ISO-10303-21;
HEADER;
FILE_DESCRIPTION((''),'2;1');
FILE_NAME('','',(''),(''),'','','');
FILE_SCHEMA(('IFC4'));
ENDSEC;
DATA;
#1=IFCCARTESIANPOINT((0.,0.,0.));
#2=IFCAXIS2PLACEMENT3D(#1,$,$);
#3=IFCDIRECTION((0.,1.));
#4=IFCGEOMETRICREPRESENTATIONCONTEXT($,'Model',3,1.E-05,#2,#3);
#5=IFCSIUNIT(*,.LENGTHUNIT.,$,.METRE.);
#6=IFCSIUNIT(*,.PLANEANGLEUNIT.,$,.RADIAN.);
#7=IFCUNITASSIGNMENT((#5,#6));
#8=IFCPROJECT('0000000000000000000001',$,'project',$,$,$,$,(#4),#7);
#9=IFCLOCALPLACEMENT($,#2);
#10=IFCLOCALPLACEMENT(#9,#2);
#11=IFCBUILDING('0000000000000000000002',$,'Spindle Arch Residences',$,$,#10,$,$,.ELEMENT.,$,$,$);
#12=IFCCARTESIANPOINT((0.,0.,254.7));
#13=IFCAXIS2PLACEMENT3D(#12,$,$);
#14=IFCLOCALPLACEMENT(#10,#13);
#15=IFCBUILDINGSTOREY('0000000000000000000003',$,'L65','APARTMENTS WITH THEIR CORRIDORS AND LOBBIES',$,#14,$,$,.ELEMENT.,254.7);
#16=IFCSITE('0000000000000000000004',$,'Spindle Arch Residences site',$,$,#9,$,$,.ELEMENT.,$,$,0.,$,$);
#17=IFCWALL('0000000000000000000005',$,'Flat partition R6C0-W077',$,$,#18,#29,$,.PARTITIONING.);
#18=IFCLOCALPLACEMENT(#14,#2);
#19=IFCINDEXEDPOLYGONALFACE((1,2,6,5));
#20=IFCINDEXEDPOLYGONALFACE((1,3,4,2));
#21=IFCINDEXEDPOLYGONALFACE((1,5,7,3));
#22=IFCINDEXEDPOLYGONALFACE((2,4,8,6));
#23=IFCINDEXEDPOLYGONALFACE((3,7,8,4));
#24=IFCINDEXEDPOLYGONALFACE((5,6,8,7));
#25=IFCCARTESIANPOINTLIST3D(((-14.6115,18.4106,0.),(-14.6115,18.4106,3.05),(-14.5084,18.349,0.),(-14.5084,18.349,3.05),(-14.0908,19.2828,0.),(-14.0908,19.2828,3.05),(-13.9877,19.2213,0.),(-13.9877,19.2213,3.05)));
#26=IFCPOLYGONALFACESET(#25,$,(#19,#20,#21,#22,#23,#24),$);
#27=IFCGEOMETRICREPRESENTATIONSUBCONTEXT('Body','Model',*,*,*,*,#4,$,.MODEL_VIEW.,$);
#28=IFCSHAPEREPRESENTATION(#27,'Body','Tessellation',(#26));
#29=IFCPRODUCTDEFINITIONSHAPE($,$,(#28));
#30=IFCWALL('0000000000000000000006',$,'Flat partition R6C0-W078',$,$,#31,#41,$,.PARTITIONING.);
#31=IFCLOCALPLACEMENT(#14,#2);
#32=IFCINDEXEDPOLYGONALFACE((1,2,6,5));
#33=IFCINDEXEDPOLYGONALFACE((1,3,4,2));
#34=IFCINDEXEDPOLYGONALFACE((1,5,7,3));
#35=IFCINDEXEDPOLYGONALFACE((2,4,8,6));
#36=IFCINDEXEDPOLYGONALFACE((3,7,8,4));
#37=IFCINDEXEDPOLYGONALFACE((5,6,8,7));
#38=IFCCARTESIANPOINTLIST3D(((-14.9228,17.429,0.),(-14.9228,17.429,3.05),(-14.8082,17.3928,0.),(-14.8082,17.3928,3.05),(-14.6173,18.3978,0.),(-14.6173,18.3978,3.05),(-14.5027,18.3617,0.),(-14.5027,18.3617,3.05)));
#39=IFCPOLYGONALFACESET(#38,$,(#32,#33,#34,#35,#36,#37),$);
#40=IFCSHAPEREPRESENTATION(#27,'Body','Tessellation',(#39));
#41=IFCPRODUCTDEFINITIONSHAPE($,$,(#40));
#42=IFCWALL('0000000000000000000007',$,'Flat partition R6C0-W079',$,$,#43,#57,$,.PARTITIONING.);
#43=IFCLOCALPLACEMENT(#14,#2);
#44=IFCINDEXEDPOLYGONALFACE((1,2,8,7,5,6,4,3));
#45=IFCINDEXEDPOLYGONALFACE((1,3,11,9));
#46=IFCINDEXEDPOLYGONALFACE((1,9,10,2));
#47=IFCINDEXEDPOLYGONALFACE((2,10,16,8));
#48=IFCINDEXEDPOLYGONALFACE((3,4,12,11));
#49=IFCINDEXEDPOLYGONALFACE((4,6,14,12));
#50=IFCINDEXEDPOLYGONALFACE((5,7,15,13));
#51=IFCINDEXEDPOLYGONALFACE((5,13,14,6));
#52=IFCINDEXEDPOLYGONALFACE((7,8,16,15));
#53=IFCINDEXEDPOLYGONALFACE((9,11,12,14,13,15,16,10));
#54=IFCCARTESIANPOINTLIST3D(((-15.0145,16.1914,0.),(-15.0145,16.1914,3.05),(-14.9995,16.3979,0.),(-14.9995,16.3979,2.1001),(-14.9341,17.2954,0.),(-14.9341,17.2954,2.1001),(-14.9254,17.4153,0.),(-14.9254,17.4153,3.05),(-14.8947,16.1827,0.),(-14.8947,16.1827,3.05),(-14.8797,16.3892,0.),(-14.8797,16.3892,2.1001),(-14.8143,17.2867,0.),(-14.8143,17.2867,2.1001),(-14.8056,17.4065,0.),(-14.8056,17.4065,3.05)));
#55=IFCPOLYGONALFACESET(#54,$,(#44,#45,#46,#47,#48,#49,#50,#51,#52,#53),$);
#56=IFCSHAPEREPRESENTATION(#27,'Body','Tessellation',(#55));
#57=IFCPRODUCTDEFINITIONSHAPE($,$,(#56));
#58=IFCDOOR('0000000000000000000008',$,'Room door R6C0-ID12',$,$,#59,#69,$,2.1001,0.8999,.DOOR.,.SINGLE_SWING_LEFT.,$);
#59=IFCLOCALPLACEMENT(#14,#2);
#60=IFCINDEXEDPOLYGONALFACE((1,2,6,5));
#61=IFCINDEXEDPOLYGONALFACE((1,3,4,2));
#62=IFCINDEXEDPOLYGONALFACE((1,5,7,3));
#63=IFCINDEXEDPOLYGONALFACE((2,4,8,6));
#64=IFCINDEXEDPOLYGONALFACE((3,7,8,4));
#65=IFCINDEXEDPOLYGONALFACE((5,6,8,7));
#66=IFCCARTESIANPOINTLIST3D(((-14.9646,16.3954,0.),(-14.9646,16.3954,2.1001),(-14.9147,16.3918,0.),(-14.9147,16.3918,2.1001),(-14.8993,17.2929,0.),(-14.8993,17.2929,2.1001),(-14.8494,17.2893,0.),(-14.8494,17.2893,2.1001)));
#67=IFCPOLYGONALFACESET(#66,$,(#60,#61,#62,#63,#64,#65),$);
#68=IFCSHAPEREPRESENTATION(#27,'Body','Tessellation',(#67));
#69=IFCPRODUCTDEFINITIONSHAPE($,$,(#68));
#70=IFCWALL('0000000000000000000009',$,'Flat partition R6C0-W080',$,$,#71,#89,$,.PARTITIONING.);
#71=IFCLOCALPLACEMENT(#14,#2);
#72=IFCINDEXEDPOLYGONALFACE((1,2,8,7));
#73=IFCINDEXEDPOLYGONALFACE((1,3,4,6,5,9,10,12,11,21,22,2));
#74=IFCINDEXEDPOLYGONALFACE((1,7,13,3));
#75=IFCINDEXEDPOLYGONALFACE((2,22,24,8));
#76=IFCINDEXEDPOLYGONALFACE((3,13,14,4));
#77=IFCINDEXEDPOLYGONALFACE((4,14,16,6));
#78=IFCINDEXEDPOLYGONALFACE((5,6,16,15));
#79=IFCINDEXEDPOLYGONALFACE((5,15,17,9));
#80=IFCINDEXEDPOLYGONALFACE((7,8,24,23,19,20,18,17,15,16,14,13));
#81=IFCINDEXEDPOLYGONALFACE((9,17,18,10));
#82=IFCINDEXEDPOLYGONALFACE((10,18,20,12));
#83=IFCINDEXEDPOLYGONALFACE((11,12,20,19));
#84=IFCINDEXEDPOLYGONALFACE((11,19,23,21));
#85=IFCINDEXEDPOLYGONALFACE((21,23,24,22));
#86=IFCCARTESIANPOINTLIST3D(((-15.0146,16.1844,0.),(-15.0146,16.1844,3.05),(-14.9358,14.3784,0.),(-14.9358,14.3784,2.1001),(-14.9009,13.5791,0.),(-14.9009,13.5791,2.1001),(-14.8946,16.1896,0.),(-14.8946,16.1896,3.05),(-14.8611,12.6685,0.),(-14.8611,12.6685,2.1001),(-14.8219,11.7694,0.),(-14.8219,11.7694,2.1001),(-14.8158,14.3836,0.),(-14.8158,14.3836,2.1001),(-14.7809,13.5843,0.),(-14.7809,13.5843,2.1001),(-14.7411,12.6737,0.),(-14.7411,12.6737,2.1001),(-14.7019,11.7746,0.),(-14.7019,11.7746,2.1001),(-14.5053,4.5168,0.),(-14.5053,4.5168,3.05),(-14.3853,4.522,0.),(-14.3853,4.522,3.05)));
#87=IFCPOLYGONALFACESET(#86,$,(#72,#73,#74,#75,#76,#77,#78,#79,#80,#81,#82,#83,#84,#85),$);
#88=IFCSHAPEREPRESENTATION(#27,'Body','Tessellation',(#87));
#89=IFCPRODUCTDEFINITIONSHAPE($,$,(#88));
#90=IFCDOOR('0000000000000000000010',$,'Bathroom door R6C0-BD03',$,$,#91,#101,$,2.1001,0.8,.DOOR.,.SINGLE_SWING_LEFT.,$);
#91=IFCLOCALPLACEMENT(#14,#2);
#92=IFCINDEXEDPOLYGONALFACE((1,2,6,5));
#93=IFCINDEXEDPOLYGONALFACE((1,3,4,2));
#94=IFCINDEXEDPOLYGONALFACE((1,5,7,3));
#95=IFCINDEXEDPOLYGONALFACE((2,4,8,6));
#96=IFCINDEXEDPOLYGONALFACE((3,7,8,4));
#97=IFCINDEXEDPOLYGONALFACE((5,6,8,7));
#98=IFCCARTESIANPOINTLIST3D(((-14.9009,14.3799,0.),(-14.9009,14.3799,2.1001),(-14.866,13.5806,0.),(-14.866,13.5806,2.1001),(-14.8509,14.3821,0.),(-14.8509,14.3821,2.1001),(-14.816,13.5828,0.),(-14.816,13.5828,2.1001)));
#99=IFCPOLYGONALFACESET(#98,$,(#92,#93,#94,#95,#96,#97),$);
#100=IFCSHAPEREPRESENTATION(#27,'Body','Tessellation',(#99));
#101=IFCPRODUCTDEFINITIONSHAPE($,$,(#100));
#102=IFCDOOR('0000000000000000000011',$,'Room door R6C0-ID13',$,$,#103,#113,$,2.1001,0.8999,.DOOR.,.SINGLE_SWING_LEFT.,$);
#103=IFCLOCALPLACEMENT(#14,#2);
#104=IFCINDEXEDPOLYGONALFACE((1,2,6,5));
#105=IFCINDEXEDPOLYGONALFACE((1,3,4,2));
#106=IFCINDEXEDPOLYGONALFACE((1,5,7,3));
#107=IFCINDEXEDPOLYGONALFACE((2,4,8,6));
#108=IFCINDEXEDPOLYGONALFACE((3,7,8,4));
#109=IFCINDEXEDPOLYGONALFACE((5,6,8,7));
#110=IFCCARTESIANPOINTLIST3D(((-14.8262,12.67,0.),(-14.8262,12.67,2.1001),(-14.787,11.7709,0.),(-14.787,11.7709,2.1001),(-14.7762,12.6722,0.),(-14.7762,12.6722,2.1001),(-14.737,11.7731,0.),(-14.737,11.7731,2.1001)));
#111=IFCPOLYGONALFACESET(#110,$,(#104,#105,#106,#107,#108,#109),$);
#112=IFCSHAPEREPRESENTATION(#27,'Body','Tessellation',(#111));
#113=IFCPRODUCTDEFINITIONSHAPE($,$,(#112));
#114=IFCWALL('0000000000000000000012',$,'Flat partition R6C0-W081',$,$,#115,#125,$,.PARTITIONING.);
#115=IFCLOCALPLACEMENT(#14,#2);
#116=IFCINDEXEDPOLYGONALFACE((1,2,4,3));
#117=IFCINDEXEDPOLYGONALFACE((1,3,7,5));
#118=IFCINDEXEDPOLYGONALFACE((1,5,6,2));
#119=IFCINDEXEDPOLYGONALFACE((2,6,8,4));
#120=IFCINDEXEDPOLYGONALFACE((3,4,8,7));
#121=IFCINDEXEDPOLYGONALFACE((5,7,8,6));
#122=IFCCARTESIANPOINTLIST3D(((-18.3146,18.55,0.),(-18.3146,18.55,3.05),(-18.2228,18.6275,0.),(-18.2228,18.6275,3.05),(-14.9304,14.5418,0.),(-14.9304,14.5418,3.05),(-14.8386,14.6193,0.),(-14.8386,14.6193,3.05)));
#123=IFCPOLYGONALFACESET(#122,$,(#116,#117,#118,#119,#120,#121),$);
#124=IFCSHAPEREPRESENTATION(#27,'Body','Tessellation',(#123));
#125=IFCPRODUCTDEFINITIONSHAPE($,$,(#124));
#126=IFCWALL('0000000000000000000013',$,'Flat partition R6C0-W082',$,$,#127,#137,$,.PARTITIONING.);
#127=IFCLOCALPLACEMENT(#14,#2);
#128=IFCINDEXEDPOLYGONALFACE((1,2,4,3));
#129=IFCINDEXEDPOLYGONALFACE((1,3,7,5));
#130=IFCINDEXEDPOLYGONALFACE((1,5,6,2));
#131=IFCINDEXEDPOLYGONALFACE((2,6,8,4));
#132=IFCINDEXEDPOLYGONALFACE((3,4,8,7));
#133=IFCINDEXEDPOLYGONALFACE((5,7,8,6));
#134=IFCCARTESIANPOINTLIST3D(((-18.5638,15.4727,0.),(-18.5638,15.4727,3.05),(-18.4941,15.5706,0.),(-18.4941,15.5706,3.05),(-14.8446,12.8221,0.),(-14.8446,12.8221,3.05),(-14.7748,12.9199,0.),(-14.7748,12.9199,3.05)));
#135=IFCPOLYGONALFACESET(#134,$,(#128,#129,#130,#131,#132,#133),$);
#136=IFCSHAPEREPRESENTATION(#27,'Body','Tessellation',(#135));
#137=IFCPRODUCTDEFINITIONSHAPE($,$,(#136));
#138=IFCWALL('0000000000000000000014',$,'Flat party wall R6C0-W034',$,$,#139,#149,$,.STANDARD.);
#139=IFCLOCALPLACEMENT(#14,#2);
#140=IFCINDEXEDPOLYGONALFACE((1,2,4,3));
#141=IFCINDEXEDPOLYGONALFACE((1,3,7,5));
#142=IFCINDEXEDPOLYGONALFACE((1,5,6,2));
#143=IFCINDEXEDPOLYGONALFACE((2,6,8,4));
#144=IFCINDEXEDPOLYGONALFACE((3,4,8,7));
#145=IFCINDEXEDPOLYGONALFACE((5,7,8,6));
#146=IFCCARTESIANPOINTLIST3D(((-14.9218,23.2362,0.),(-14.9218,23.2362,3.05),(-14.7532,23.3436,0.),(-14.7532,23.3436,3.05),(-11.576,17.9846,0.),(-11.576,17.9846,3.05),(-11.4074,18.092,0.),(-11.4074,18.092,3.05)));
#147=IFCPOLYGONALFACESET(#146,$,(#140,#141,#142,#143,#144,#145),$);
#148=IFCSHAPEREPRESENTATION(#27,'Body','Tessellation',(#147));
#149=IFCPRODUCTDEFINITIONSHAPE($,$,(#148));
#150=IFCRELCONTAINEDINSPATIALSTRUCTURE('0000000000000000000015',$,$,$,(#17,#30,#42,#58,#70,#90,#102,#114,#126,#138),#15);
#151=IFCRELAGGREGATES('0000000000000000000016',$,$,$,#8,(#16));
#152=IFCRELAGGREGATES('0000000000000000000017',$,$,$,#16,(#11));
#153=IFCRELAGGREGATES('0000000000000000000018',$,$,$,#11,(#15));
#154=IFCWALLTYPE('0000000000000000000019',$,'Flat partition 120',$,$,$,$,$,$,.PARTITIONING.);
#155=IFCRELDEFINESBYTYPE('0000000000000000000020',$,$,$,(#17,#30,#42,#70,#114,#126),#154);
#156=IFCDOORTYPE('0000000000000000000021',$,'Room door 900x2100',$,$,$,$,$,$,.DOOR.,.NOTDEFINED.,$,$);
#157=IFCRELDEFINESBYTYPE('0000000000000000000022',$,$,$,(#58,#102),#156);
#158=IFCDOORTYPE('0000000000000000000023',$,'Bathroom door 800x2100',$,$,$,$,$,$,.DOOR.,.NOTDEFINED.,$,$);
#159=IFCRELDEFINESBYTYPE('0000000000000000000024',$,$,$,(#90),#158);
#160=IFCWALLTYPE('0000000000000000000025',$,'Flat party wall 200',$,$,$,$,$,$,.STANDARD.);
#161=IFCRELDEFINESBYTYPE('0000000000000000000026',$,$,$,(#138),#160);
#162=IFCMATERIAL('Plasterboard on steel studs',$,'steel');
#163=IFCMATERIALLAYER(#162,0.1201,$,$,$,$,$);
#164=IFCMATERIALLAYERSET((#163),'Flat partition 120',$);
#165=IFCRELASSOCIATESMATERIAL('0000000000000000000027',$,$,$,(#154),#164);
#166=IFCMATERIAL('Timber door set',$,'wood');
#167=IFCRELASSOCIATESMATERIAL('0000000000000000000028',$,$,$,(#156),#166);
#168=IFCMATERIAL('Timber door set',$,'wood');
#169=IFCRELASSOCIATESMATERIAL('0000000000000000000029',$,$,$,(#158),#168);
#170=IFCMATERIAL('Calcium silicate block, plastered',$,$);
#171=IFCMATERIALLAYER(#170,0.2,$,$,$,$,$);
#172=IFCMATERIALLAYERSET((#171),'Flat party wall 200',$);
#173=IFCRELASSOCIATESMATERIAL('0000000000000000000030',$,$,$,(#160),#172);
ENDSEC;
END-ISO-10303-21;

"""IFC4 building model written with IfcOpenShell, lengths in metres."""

from ifc_helpers import new_model, si_unit, direction, frame, frame_2d, origin, place, context, subcontext, project, spatial, rectangle, extrude, material, layer, layer_set, type_object, element, fill, save


model = new_model("IFC4")

# Units and contexts
model_context = context("Model", 3, precision=1e-05, world=origin(), true_north=direction((0.0, 1.0)))
body_context = subcontext(model_context, "Body", "Model", "MODEL_VIEW")
ifc_project = project(units=[si_unit("LENGTHUNIT", "METRE"), si_unit("PLANEANGLEUNIT", "RADIAN")], contexts=[model_context])

# Site, building, storey
site_placement = place(None, origin())
site = spatial("IfcSite", under=ifc_project, at=site_placement, Name="Spindle Arch Residences site", CompositionType="ELEMENT", RefElevation=0.0)
building_placement = place(site_placement, origin())
building = spatial("IfcBuilding", under=site, at=building_placement, Name="Spindle Arch Residences", CompositionType="ELEMENT")
storey_placement = place(building_placement, frame((0.0, 0.0, 254.7)))
storey = spatial("IfcBuildingStorey", under=building, at=storey_placement, Name="L65", Description="APARTMENTS WITH THEIR CORRIDORS AND LOBBIES", CompositionType="ELEMENT", Elevation=254.7)

# Walls
ifc_material_1 = material(Name="Plasterboard on steel studs", Category="steel")
ifc_layer_1 = layer(ifc_material_1, 0.1201)
ifc_layer_set_1 = layer_set([ifc_layer_1], Name="Flat partition 120")
wall_type_1 = type_object("IfcWallType", Name="Flat partition 120", PredefinedType="PARTITIONING", material=ifc_layer_set_1)
for number, where, z_axis, x_axis, name in (
    (1, (-14.0393, 19.252, 0.0), (0.0, 0.0, 1.0), (-0.512586, -0.858636, 0.0), "Flat partition R6C0-W077"),
    (2, (-14.5601, 18.3796, 0.0), (0.0, 0.0, 1.0), (-0.300683, -0.953724, 0.0), "Flat partition R6C0-W078"),
):
    element("IfcWall", number, at=place(storey_placement, frame(where, z_axis=z_axis, x_axis=x_axis)), inside=storey, type_object=wall_type_1, Name=name, PredefinedType="PARTITIONING", context=body_context, shape_type="SweptSolid", body=[
        extrude(rectangle(XDim=1.0159, YDim=0.1201, at=frame_2d((0.5078, 0.0))), origin(), (0.0, 0.0, 1.0), 3.05),
    ])

# Wall, opening, door
wall_1_placement = place(storey_placement, frame((-14.8655, 17.4109, 0.0), z_axis=(0.0, 0.0, 1.0), x_axis=(-0.072618, -0.99736, 0.0)))
wall_1 = element("IfcWall", 3, at=wall_1_placement, inside=storey, type_object=wall_type_1, Name="Flat partition R6C0-W079", PredefinedType="PARTITIONING", context=body_context, shape_type="SweptSolid", body=[
    extrude(rectangle(XDim=1.2271, YDim=0.1201, at=frame_2d((0.6135, 0.0))), origin(), (0.0, 0.0, 1.0), 3.05),
])
opening_1_placement = place(wall_1_placement, frame((0.1201, 0.0, 0.0)))
opening_1 = element("IfcOpeningElement", 4, at=opening_1_placement, cuts=wall_1, PredefinedType="OPENING", context=body_context, shape_type="SweptSolid", body=[
    extrude(rectangle(XDim=0.8999, YDim=2.1001, at=frame_2d((0.45, 1.05))), frame((0.0, 0.0701, 0.0), z_axis=(0.0, -1.0, 0.0), x_axis=(1.0, 0.0, 0.0)), (0.0, 0.0, 1.0), 0.1401),
])
ifc_material_2 = material(Name="Timber door set", Category="wood")
door_type_1 = type_object("IfcDoorType", Name="Room door 900x2100", OperationType="NOTDEFINED", PredefinedType="DOOR", material=ifc_material_2)
door_1_placement = place(opening_1_placement, origin())
door_1 = element("IfcDoor", 5, at=door_1_placement, inside=storey, type_object=door_type_1, Name="Room door R6C0-ID12", OperationType="SINGLE_SWING_LEFT", OverallHeight=2.1001, OverallWidth=0.8999, PredefinedType="DOOR", context=body_context, shape_type="SweptSolid", body=[
    extrude(rectangle(XDim=0.8999, YDim=2.1001, at=frame_2d((0.45, 1.05))), frame((0.0, 0.0249, 0.0), z_axis=(0.0, -1.0, 0.0), x_axis=(1.0, 0.0, 0.0)), (0.0, 0.0, 1.0), 0.05),
])
fill(opening_1, door_1)

# Wall, openings, doors
wall_2_placement = place(storey_placement, frame((-14.9546, 16.187, 0.0), z_axis=(0.0, 0.0, 1.0), x_axis=(0.043608, -0.999049, 0.0)))
wall_2 = element("IfcWall", 6, at=wall_2_placement, inside=storey, type_object=wall_type_1, Name="Flat partition R6C0-W080", PredefinedType="PARTITIONING", context=body_context, shape_type="SweptSolid", body=[
    extrude(rectangle(XDim=11.6787, YDim=0.1201, at=frame_2d((5.8394, 0.0))), origin(), (0.0, 0.0, 1.0), 3.05),
])
opening_2_placement = place(wall_2_placement, frame((1.8079, 0.0, 0.0)))
opening_2 = element("IfcOpeningElement", 7, at=opening_2_placement, cuts=wall_2, PredefinedType="OPENING", context=body_context, shape_type="SweptSolid", body=[
    extrude(rectangle(XDim=0.8, YDim=2.1001, at=frame_2d((0.3999, 1.05))), frame((0.0, 0.0701, 0.0), z_axis=(0.0, -1.0, 0.0), x_axis=(1.0, 0.0, 0.0)), (0.0, 0.0, 1.0), 0.1401),
])
opening_3_placement = place(wall_2_placement, frame((3.5193, 0.0, 0.0)))
opening_3 = element("IfcOpeningElement", 8, at=opening_3_placement, cuts=wall_2, PredefinedType="OPENING", context=body_context, shape_type="SweptSolid", body=[
    extrude(rectangle(XDim=0.8999, YDim=2.1001, at=frame_2d((0.45, 1.05))), frame((0.0, 0.0701, 0.0), z_axis=(0.0, -1.0, 0.0), x_axis=(1.0, 0.0, 0.0)), (0.0, 0.0, 1.0), 0.1401),
])
ifc_material_3 = material(Name="Timber door set", Category="wood")
door_type_2 = type_object("IfcDoorType", Name="Bathroom door 800x2100", OperationType="NOTDEFINED", PredefinedType="DOOR", material=ifc_material_3)
door_2_placement = place(opening_2_placement, origin())
door_2 = element("IfcDoor", 9, at=door_2_placement, inside=storey, type_object=door_type_2, Name="Bathroom door R6C0-BD03", OperationType="SINGLE_SWING_LEFT", OverallHeight=2.1001, OverallWidth=0.8, PredefinedType="DOOR", context=body_context, shape_type="SweptSolid", body=[
    extrude(rectangle(XDim=0.8, YDim=2.1001, at=frame_2d((0.3999, 1.05))), frame((0.0, 0.0249, 0.0), z_axis=(0.0, -1.0, 0.0), x_axis=(1.0, 0.0, 0.0)), (0.0, 0.0, 1.0), 0.05),
])
fill(opening_2, door_2)
door_3_placement = place(opening_3_placement, origin())
door_3 = element("IfcDoor", 10, at=door_3_placement, inside=storey, type_object=door_type_1, Name="Room door R6C0-ID13", OperationType="SINGLE_SWING_LEFT", OverallHeight=2.1001, OverallWidth=0.8999, PredefinedType="DOOR", context=body_context, shape_type="SweptSolid", body=[
    extrude(rectangle(XDim=0.8999, YDim=2.1001, at=frame_2d((0.45, 1.05))), frame((0.0, 0.0249, 0.0), z_axis=(0.0, -1.0, 0.0), x_axis=(1.0, 0.0, 0.0)), (0.0, 0.0, 1.0), 0.05),
])
fill(opening_3, door_3)

# Walls
wall_3_placement = place(storey_placement, frame((-18.2688, 18.5889, 0.0), z_axis=(0.0, 0.0, 1.0), x_axis=(0.645124, -0.764078, 0.0)))
element("IfcWall", 11, at=wall_3_placement, inside=storey, type_object=wall_type_1, Name="Flat partition R6C0-W081", PredefinedType="PARTITIONING", context=body_context, shape_type="SweptSolid", body=[
    extrude(rectangle(XDim=5.2458, YDim=0.1201, at=frame_2d((2.623, 0.0))), origin(), (0.0, 0.0, 1.0), 3.05),
])
wall_4_placement = place(storey_placement, frame((-18.5291, 15.5217, 0.0), z_axis=(0.0, 0.0, 1.0), x_axis=(0.814351, -0.580373, 0.0)))
element("IfcWall", 12, at=wall_4_placement, inside=storey, type_object=wall_type_1, Name="Flat partition R6C0-W082", PredefinedType="PARTITIONING", context=body_context, shape_type="SweptSolid", body=[
    extrude(rectangle(XDim=4.5671, YDim=0.1201, at=frame_2d((2.2837, 0.0))), origin(), (0.0, 0.0, 1.0), 3.05),
])
ifc_material_4 = material(Name="Calcium silicate block, plastered")
ifc_layer_2 = layer(ifc_material_4, 0.2)
ifc_layer_set_2 = layer_set([ifc_layer_2], Name="Flat party wall 200")
wall_type_2 = type_object("IfcWallType", Name="Flat party wall 200", PredefinedType="STANDARD", material=ifc_layer_set_2)
wall_5_placement = place(storey_placement, frame((-14.8374, 23.2898, 0.0), z_axis=(0.0, 0.0, 1.0), x_axis=(0.537317, -0.84338, 0.0)))
element("IfcWall", 13, at=wall_5_placement, inside=storey, type_object=wall_type_2, Name="Flat party wall R6C0-W034", PredefinedType="STANDARD", context=body_context, shape_type="SweptSolid", body=[
    extrude(rectangle(XDim=6.2268, YDim=0.2, at=frame_2d((3.1133, 0.0))), origin(), (0.0, 0.0, 1.0), 3.05),
])

save(model, "model.ifc")
